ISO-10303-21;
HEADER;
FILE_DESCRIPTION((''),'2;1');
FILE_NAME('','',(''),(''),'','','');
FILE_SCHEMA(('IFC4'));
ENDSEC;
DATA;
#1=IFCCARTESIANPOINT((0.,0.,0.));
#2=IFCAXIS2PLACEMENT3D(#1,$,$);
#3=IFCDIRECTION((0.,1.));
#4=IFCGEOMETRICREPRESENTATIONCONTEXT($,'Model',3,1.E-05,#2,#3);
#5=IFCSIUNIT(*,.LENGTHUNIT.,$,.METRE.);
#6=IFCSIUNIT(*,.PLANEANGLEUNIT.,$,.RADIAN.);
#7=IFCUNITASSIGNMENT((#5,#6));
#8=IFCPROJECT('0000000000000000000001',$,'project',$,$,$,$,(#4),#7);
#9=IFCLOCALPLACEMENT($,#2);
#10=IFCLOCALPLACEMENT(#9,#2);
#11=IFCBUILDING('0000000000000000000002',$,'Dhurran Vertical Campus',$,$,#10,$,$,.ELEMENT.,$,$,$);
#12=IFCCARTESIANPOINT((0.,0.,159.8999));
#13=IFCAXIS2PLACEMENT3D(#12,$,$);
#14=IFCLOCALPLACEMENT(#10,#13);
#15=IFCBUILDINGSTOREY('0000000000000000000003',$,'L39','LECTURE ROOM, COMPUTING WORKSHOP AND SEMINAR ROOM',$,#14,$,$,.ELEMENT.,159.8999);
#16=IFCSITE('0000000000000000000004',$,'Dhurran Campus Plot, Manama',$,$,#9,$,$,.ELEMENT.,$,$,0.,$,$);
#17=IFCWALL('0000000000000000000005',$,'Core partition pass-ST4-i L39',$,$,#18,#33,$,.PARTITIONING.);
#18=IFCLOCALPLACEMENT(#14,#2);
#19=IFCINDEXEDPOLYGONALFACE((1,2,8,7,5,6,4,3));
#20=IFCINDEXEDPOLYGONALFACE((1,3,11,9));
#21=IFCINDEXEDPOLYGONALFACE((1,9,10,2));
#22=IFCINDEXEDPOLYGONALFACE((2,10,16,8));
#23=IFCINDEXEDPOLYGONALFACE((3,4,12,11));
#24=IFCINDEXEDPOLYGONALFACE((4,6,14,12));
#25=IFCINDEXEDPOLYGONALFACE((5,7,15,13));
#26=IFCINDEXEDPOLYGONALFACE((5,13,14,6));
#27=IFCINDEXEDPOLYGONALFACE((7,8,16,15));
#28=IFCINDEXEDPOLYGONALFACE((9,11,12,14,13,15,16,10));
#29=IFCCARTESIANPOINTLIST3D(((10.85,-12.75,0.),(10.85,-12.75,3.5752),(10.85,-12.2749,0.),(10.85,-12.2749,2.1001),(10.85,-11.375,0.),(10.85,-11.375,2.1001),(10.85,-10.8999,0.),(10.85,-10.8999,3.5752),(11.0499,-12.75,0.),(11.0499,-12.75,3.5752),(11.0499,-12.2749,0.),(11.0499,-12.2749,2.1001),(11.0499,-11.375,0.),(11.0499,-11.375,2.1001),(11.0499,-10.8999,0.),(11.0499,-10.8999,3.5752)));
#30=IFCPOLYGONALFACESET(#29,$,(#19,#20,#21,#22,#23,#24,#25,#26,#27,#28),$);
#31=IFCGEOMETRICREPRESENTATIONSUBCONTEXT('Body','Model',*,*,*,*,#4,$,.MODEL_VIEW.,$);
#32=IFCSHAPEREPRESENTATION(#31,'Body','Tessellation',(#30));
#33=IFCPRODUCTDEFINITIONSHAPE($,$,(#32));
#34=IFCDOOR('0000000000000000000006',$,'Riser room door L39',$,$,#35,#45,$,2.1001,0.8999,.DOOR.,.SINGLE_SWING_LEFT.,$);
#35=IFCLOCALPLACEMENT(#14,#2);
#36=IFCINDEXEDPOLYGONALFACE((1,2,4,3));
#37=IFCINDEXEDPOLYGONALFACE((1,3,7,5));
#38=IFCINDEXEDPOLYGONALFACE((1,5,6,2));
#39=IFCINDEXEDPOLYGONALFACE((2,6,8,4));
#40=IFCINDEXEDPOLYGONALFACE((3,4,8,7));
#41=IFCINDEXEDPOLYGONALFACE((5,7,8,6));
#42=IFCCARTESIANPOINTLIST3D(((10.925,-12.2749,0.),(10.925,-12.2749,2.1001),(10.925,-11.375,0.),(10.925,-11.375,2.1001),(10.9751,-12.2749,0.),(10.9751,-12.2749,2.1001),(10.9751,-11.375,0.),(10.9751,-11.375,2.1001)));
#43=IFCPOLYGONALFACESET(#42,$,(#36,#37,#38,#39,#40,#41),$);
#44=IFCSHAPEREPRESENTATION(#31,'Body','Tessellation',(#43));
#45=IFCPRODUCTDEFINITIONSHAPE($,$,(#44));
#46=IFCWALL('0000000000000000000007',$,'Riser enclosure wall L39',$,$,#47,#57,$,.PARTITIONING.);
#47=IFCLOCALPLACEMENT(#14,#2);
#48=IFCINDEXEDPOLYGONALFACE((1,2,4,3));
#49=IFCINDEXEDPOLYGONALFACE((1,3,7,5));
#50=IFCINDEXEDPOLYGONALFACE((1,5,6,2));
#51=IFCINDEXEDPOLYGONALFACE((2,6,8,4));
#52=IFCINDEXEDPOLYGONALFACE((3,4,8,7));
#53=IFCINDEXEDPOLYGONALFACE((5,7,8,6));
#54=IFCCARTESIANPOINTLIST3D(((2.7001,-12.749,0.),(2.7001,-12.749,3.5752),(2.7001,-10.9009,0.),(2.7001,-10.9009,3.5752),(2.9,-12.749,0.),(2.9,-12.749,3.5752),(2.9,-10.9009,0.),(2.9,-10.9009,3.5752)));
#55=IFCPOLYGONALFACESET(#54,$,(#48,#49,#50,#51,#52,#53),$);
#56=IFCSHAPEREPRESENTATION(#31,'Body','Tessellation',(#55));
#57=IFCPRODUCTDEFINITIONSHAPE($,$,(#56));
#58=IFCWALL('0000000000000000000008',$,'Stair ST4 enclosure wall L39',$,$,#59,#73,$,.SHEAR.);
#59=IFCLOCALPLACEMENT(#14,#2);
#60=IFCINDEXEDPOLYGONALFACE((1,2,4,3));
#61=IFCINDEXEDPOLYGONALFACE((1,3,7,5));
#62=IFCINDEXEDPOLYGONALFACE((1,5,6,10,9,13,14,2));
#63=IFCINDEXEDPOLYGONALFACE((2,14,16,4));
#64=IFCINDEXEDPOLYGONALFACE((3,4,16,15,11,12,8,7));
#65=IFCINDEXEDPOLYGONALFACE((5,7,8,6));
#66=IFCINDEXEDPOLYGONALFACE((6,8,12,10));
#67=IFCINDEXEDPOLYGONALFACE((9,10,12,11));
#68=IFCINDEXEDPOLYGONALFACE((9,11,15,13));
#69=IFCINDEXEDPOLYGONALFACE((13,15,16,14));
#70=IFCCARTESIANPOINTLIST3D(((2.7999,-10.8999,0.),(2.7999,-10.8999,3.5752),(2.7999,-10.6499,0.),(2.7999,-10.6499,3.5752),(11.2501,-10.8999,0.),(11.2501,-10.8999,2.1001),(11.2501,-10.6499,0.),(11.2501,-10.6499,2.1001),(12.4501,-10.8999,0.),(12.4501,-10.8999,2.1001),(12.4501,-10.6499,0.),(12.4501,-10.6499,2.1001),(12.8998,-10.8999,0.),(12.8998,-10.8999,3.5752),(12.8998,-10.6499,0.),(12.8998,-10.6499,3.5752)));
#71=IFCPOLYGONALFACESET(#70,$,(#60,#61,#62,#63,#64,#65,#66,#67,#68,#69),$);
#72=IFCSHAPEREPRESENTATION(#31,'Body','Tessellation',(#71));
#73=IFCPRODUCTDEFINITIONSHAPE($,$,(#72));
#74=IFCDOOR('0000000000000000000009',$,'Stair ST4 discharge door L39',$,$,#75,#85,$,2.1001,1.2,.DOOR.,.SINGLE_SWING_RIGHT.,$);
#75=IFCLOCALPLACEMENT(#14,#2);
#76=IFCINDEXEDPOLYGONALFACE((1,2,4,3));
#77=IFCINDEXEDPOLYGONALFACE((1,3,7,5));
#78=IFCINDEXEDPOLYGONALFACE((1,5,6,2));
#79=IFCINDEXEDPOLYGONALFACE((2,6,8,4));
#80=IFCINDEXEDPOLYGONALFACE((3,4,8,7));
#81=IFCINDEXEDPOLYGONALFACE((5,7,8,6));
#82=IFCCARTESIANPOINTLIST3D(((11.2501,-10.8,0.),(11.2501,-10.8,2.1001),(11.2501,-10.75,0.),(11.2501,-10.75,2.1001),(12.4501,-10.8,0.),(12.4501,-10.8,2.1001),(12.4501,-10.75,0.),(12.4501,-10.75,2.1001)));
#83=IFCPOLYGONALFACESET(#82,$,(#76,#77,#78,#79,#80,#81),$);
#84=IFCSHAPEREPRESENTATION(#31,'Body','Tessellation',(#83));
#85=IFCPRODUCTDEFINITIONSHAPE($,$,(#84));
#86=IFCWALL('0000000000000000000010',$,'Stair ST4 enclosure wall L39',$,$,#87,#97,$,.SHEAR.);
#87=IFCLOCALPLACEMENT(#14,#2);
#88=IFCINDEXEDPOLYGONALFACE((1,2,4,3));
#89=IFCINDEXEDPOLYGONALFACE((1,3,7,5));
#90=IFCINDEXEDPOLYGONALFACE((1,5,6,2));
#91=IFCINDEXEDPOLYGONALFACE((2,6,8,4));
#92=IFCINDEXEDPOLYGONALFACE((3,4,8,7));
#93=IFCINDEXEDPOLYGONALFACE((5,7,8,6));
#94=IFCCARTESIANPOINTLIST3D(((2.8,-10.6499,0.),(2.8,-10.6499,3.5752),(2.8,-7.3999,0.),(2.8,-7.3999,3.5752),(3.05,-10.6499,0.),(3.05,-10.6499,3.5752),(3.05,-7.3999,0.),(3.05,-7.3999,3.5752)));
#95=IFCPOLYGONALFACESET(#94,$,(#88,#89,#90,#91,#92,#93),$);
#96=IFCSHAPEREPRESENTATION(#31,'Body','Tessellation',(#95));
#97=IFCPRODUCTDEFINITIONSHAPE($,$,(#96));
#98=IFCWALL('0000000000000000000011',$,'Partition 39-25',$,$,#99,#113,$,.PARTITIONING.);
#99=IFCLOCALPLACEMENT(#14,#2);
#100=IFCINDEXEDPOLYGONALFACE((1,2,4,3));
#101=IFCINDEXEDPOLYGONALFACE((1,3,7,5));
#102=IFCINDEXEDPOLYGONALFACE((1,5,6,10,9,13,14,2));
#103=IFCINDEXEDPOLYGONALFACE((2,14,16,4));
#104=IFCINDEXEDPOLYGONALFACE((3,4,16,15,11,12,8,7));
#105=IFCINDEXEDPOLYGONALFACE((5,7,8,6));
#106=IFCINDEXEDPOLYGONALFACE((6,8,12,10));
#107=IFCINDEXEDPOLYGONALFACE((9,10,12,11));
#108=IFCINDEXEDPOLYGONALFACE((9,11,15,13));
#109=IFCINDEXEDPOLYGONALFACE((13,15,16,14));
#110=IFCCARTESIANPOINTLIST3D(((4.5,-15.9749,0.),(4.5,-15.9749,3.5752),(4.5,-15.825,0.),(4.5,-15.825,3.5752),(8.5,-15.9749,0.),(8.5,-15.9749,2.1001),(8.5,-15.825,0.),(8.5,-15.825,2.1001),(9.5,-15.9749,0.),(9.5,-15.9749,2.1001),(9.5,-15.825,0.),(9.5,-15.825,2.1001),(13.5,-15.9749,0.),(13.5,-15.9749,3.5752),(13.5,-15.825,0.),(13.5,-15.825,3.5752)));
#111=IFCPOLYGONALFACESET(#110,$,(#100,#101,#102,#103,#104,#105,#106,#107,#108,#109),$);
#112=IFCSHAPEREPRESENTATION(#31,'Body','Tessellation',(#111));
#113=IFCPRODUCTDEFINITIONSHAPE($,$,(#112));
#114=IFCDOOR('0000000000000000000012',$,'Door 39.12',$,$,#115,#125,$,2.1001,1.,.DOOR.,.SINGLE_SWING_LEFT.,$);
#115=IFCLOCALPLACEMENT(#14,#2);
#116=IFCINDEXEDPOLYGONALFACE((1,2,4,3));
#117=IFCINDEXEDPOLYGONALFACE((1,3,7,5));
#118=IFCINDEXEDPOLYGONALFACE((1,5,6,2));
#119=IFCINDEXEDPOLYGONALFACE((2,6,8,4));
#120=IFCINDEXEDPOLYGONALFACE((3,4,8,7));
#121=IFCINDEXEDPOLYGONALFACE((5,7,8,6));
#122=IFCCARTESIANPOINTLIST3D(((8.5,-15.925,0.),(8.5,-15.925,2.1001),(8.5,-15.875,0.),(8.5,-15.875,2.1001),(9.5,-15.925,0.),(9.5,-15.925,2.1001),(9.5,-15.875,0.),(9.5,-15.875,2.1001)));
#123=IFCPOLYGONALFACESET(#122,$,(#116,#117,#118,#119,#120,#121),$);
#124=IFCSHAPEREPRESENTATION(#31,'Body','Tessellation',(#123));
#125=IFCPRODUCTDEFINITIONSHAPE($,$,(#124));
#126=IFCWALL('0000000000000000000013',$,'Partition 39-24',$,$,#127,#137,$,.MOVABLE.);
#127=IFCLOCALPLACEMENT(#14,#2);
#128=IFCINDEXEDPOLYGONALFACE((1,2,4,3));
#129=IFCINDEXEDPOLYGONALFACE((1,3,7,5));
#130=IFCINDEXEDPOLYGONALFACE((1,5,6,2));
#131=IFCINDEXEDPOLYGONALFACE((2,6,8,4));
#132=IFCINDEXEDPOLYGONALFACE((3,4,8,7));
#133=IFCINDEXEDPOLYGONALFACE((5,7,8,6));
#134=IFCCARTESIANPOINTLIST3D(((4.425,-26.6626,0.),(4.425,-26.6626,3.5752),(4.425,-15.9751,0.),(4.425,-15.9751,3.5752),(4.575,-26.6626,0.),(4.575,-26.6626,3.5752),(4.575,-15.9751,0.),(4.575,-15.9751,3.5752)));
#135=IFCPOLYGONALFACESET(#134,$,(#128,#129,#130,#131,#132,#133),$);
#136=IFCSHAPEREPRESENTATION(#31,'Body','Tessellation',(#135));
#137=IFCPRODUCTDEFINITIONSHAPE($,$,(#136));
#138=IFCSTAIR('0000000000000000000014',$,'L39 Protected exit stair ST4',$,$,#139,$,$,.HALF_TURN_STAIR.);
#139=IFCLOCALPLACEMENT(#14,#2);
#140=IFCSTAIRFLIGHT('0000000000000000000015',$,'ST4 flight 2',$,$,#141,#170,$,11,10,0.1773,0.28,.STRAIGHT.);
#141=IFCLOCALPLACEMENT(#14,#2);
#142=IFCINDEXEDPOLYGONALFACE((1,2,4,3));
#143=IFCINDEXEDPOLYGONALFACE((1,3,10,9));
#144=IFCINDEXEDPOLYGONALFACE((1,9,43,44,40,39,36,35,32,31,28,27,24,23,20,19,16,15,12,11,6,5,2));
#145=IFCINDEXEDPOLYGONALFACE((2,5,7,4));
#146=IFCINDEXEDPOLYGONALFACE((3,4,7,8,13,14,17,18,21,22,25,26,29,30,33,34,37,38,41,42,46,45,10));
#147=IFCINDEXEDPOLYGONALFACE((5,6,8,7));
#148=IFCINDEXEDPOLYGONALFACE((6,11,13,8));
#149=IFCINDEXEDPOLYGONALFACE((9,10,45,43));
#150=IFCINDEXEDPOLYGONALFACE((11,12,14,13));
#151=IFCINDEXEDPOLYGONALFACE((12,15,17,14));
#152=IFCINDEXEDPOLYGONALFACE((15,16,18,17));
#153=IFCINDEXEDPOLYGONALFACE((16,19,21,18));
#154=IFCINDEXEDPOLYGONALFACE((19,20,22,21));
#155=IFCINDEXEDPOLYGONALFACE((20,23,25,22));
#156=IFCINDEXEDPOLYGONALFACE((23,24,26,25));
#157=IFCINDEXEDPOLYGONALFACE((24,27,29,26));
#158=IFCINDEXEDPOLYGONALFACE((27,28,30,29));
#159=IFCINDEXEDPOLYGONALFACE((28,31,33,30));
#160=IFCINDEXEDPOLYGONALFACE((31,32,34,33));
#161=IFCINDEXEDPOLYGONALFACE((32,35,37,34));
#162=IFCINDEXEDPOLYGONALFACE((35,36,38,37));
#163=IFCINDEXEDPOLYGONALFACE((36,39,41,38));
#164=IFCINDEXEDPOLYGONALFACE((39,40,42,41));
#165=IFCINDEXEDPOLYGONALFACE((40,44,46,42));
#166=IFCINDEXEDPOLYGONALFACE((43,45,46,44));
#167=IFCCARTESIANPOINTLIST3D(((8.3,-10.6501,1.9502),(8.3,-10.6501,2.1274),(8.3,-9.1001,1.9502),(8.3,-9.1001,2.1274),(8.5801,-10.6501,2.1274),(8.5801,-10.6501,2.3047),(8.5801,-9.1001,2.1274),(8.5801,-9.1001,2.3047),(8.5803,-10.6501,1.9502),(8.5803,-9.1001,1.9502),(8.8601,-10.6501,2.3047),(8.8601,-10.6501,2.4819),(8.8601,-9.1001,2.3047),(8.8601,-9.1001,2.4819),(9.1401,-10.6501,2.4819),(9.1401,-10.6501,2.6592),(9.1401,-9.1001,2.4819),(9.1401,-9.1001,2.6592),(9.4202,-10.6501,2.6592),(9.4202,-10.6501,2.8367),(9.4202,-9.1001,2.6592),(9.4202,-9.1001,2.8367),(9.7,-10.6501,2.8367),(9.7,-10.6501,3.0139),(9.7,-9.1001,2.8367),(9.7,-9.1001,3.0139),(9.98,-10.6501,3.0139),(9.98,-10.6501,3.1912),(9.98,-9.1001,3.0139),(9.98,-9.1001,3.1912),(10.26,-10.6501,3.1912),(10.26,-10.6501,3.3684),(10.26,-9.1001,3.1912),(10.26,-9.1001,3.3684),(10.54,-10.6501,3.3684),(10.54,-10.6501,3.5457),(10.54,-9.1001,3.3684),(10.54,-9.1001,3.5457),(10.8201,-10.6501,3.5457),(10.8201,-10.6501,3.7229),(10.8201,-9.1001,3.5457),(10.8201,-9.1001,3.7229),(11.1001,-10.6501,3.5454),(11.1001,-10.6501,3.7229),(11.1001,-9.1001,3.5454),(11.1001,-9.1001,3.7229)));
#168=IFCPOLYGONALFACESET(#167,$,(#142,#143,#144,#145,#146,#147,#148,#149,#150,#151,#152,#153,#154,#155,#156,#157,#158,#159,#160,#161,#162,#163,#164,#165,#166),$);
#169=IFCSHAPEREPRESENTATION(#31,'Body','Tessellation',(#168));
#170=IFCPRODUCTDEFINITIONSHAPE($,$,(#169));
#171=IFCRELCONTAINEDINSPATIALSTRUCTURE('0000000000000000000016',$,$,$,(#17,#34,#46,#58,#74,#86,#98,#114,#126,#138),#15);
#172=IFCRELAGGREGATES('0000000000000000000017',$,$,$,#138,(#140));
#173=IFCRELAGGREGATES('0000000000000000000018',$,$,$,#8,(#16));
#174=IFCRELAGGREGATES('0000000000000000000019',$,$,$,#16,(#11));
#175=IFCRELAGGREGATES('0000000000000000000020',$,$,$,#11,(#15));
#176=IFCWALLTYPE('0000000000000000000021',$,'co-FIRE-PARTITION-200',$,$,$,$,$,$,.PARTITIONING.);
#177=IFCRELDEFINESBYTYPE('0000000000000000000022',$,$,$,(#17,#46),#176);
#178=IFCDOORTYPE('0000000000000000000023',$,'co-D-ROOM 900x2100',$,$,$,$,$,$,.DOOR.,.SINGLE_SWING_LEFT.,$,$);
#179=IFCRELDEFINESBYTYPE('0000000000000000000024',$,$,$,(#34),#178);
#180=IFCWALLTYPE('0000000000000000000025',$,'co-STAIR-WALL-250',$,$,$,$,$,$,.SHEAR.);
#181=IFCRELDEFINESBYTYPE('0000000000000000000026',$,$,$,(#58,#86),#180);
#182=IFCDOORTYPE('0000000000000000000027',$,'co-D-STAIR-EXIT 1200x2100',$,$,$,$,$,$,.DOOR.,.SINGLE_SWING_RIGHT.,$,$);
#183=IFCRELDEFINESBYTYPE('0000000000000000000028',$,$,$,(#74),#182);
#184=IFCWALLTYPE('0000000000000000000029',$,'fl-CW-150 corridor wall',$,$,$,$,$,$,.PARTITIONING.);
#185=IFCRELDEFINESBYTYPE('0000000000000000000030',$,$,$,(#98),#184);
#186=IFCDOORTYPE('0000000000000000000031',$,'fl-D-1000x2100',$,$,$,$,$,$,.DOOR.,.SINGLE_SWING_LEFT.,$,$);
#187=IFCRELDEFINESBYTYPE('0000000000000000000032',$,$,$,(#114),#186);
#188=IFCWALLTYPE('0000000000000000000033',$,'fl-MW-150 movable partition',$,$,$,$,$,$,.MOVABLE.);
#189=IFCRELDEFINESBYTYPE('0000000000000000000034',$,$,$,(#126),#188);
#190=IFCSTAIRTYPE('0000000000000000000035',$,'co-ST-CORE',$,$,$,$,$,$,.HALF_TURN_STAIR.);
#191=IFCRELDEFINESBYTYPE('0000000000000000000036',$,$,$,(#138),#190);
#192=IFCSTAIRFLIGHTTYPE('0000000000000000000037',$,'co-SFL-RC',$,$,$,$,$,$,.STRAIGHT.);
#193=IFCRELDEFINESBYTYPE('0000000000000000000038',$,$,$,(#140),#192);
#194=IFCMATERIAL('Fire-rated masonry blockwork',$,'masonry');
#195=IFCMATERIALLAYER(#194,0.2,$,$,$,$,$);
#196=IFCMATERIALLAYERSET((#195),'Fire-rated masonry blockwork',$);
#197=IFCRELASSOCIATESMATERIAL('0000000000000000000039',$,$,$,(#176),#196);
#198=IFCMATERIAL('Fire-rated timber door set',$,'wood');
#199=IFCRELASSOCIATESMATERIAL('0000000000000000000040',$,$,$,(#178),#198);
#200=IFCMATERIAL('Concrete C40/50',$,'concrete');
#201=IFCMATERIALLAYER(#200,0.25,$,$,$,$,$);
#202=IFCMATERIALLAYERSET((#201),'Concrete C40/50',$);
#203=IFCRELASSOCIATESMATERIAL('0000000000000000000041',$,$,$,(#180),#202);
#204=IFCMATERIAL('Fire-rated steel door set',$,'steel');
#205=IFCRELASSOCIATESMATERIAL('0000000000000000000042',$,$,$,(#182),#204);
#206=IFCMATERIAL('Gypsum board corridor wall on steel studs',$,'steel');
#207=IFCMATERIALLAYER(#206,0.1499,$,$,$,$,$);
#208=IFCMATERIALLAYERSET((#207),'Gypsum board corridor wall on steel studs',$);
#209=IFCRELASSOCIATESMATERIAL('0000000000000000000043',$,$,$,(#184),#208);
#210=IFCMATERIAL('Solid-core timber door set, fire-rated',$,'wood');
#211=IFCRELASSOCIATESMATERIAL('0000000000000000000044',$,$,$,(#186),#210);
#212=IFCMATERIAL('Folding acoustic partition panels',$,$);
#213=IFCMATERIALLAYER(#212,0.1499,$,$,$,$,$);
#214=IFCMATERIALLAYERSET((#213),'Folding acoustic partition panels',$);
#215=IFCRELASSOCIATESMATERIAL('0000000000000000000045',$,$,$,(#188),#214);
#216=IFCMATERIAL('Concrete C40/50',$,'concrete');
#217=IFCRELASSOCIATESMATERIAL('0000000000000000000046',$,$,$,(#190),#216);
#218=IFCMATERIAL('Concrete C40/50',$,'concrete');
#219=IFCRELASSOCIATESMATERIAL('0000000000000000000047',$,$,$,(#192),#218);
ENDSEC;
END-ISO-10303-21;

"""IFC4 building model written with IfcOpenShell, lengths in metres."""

from ifc_helpers import new_model, si_unit, direction, frame, frame_2d, origin, place, context, subcontext, project, spatial, polyline, rectangle, outline, extrude, material, layer, layer_set, type_object, element, fill, aggregate, save


model = new_model("IFC4")

# Units and contexts
model_context = context("Model", 3, precision=1e-05, world=origin(), true_north=direction((0.0, 1.0)))
body_context = subcontext(model_context, "Body", "Model", "MODEL_VIEW")
ifc_project = project(units=[si_unit("LENGTHUNIT", "METRE"), si_unit("PLANEANGLEUNIT", "RADIAN")], contexts=[model_context])

# Site, building, storey
site_placement = place(None, origin())
site = spatial("IfcSite", under=ifc_project, at=site_placement, Name="Dhurran Campus Plot, Manama", CompositionType="ELEMENT", RefElevation=0.0)
building_placement = place(site_placement, origin())
building = spatial("IfcBuilding", under=site, at=building_placement, Name="Dhurran Vertical Campus", CompositionType="ELEMENT")
storey_placement = place(building_placement, frame((0.0, 0.0, 159.8999)))
storey = spatial("IfcBuildingStorey", under=building, at=storey_placement, Name="L39", Description="LECTURE ROOM, COMPUTING WORKSHOP AND SEMINAR ROOM", CompositionType="ELEMENT", Elevation=159.8999)

# Wall, opening, door
ifc_material_1 = material(Name="Fire-rated masonry blockwork", Category="masonry")
ifc_layer_1 = layer(ifc_material_1, 0.2)
ifc_layer_set_1 = layer_set([ifc_layer_1], Name="Fire-rated masonry blockwork")
wall_type_1 = type_object("IfcWallType", Name="co-FIRE-PARTITION-200", PredefinedType="PARTITIONING", material=ifc_layer_set_1)
ifc_material_2 = material(Name="Fire-rated timber door set", Category="wood")
door_type_1 = type_object("IfcDoorType", Name="co-D-ROOM 900x2100", OperationType="SINGLE_SWING_LEFT", PredefinedType="DOOR", material=ifc_material_2)
wall_1_placement = place(storey_placement, frame((10.95, -12.75, 0.0), z_axis=(0.0, 0.0, 1.0), x_axis=(0.0, 1.0, 0.0)))
wall_1 = element("IfcWall", 1, at=wall_1_placement, inside=storey, type_object=wall_type_1, Name="Core partition pass-ST4-i L39", PredefinedType="PARTITIONING", context=body_context, shape_type="SweptSolid", body=[
    extrude(rectangle(XDim=1.8501, YDim=0.2, at=frame_2d((0.925, 0.0))), origin(), (0.0, 0.0, 1.0), 3.5752),
])
opening_1_placement = place(wall_1_placement, frame((0.4751, 0.0, 0.0)))
opening_1 = element("IfcOpeningElement", 2, at=opening_1_placement, cuts=wall_1, PredefinedType="OPENING", context=body_context, shape_type="SweptSolid", body=[
    extrude(rectangle(XDim=0.8999, YDim=2.1001, at=frame_2d((0.45, 1.05))), frame((0.0, 0.1099, 0.0), z_axis=(0.0, -1.0, 0.0), x_axis=(1.0, 0.0, 0.0)), (0.0, 0.0, 1.0), 0.22),
])
door_1_placement = place(opening_1_placement, origin())
door_1 = element("IfcDoor", 3, at=door_1_placement, inside=storey, type_object=door_type_1, Name="Riser room door L39", OperationType="SINGLE_SWING_LEFT", OverallHeight=2.1001, OverallWidth=0.8999, PredefinedType="DOOR", context=body_context, shape_type="SweptSolid", body=[
    extrude(rectangle(XDim=0.8999, YDim=2.1001, at=frame_2d((0.45, 1.05))), frame((0.0, 0.0249, 0.0), z_axis=(0.0, -1.0, 0.0), x_axis=(1.0, 0.0, 0.0)), (0.0, 0.0, 1.0), 0.05),
])
fill(opening_1, door_1)

# Wall
wall_2_placement = place(storey_placement, frame((2.8, -10.9009, 0.0), z_axis=(0.0, 0.0, 1.0), x_axis=(0.0, -1.0, 0.0)))
element("IfcWall", 4, at=wall_2_placement, inside=storey, type_object=wall_type_1, Name="Riser enclosure wall L39", PredefinedType="PARTITIONING", context=body_context, shape_type="SweptSolid", body=[
    extrude(rectangle(XDim=1.8481, YDim=0.2, at=frame_2d((0.9241, 0.0))), origin(), (0.0, 0.0, 1.0), 3.5752),
])

# Wall, opening, door
ifc_material_3 = material(Name="Concrete C40/50", Category="concrete")
ifc_layer_2 = layer(ifc_material_3, 0.25)
ifc_layer_set_2 = layer_set([ifc_layer_2], Name="Concrete C40/50")
wall_type_2 = type_object("IfcWallType", Name="co-STAIR-WALL-250", PredefinedType="SHEAR", material=ifc_layer_set_2)
wall_3_placement = place(storey_placement, frame((2.8, -10.7749, 0.0), z_axis=(0.0, 0.0, 1.0), x_axis=(1.0, 0.0, 0.0)))
wall_3 = element("IfcWall", 5, at=wall_3_placement, inside=storey, type_object=wall_type_2, Name="Stair ST4 enclosure wall L39", PredefinedType="SHEAR", context=body_context, shape_type="SweptSolid", body=[
    extrude(rectangle(XDim=10.0999, YDim=0.25, at=frame_2d((5.0498, 0.0))), origin(), (0.0, 0.0, 1.0), 3.5752),
])
opening_2_placement = place(wall_3_placement, frame((8.45, 0.0, 0.0)))
opening_2 = element("IfcOpeningElement", 6, at=opening_2_placement, cuts=wall_3, PredefinedType="OPENING", context=body_context, shape_type="SweptSolid", body=[
    extrude(rectangle(XDim=1.2, YDim=2.1001, at=frame_2d((0.6001, 1.05))), frame((0.0, 0.135, 0.0), z_axis=(0.0, -1.0, 0.0), x_axis=(1.0, 0.0, 0.0)), (0.0, 0.0, 1.0), 0.27),
])
ifc_material_4 = material(Name="Fire-rated steel door set", Category="steel")
door_type_2 = type_object("IfcDoorType", Name="co-D-STAIR-EXIT 1200x2100", OperationType="SINGLE_SWING_RIGHT", PredefinedType="DOOR", material=ifc_material_4)
door_2_placement = place(opening_2_placement, origin())
door_2 = element("IfcDoor", 7, at=door_2_placement, inside=storey, type_object=door_type_2, Name="Stair ST4 discharge door L39", OperationType="SINGLE_SWING_RIGHT", OverallHeight=2.1001, OverallWidth=1.2, PredefinedType="DOOR", context=body_context, shape_type="SweptSolid", body=[
    extrude(rectangle(XDim=1.2, YDim=2.1001, at=frame_2d((0.6001, 1.05))), frame((0.0, 0.0249, 0.0), z_axis=(0.0, -1.0, 0.0), x_axis=(1.0, 0.0, 0.0)), (0.0, 0.0, 1.0), 0.05),
])
fill(opening_2, door_2)

# Wall
wall_4_placement = place(storey_placement, frame((2.925, -10.6499, 0.0), z_axis=(0.0, 0.0, 1.0), x_axis=(0.0, 1.0, 0.0)))
element("IfcWall", 8, at=wall_4_placement, inside=storey, type_object=wall_type_2, Name="Stair ST4 enclosure wall L39", PredefinedType="SHEAR", context=body_context, shape_type="SweptSolid", body=[
    extrude(rectangle(XDim=3.25, YDim=0.25, at=frame_2d((1.625, 0.0))), origin(), (0.0, 0.0, 1.0), 3.5752),
])

# Wall, opening, door
ifc_material_5 = material(Name="Gypsum board corridor wall on steel studs", Category="steel")
ifc_layer_3 = layer(ifc_material_5, 0.1499)
ifc_layer_set_3 = layer_set([ifc_layer_3], Name="Gypsum board corridor wall on steel studs")
wall_type_3 = type_object("IfcWallType", Name="fl-CW-150 corridor wall", PredefinedType="PARTITIONING", material=ifc_layer_set_3)
wall_5_placement = place(storey_placement, frame((4.5, -15.8999, 0.0), z_axis=(0.0, 0.0, 1.0), x_axis=(1.0, 0.0, 0.0)))
wall_5 = element("IfcWall", 9, at=wall_5_placement, inside=storey, type_object=wall_type_3, Name="Partition 39-25", PredefinedType="PARTITIONING", context=body_context, shape_type="SweptSolid", body=[
    extrude(rectangle(XDim=9.0, YDim=0.1499, at=frame_2d((4.5, 0.0))), origin(), (0.0, 0.0, 1.0), 3.5752),
])
opening_3_placement = place(wall_5_placement, frame((4.0, 0.0, 0.0)))
opening_3 = element("IfcOpeningElement", 10, at=opening_3_placement, cuts=wall_5, PredefinedType="OPENING", context=body_context, shape_type="SweptSolid", body=[
    extrude(rectangle(XDim=1.0, YDim=2.1001, at=frame_2d((0.5, 1.05))), frame((0.0, 0.085, 0.0), z_axis=(0.0, -1.0, 0.0), x_axis=(1.0, 0.0, 0.0)), (0.0, 0.0, 1.0), 0.1699),
])
ifc_material_6 = material(Name="Solid-core timber door set, fire-rated", Category="wood")
door_type_3 = type_object("IfcDoorType", Name="fl-D-1000x2100", OperationType="SINGLE_SWING_LEFT", PredefinedType="DOOR", material=ifc_material_6)
door_3_placement = place(opening_3_placement, origin())
door_3 = element("IfcDoor", 11, at=door_3_placement, inside=storey, type_object=door_type_3, Name="Door 39.12", OperationType="SINGLE_SWING_LEFT", OverallHeight=2.1001, OverallWidth=1.0, PredefinedType="DOOR", context=body_context, shape_type="SweptSolid", body=[
    extrude(rectangle(XDim=1.0, YDim=2.1001, at=frame_2d((0.5, 1.05))), frame((0.0, 0.0249, 0.0), z_axis=(0.0, -1.0, 0.0), x_axis=(1.0, 0.0, 0.0)), (0.0, 0.0, 1.0), 0.05),
])
fill(opening_3, door_3)

# Wall
ifc_material_7 = material(Name="Folding acoustic partition panels")
ifc_layer_4 = layer(ifc_material_7, 0.1499)
ifc_layer_set_4 = layer_set([ifc_layer_4], Name="Folding acoustic partition panels")
wall_type_4 = type_object("IfcWallType", Name="fl-MW-150 movable partition", PredefinedType="MOVABLE", material=ifc_layer_set_4)
wall_6_placement = place(storey_placement, frame((4.5, -15.9751, 0.0), z_axis=(0.0, 0.0, 1.0), x_axis=(0.0, -1.0, 0.0)))
element("IfcWall", 12, at=wall_6_placement, inside=storey, type_object=wall_type_4, Name="Partition 39-24", PredefinedType="MOVABLE", context=body_context, shape_type="SweptSolid", body=[
    extrude(rectangle(XDim=10.6875, YDim=0.1499, at=frame_2d((5.3438, 0.0))), origin(), (0.0, 0.0, 1.0), 3.5752),
])

# Stair, stair flight
ifc_material_8 = material(Name="Concrete C40/50", Category="concrete")
stair_type = type_object("IfcStairType", Name="co-ST-CORE", PredefinedType="HALF_TURN_STAIR", material=ifc_material_8)
stair_placement = place(storey_placement, origin())
stair = element("IfcStair", 13, at=stair_placement, inside=storey, type_object=stair_type, Name="L39 Protected exit stair ST4", PredefinedType="HALF_TURN_STAIR")
ifc_material_9 = material(Name="Concrete C40/50", Category="concrete")
stair_flight_type = type_object("IfcStairFlightType", Name="co-SFL-RC", PredefinedType="STRAIGHT", material=ifc_material_9)
stair_flight_placement = place(storey_placement, frame((8.3, -9.875, 1.9502), z_axis=(0.0, 0.0, 1.0), x_axis=(1.0, 0.0, 0.0)))
stair_flight = element("IfcStairFlight", 14, at=stair_flight_placement, type_object=stair_flight_type, Name="ST4 flight 2", NumberOfRisers=11, NumberOfTreads=10, PredefinedType="STRAIGHT", RiserHeight=0.1773, TreadLength=0.28, context=body_context, shape_type="SweptSolid", body=[
    extrude(outline(polyline([(0.0, 0.0), (0.0, 0.1772), (0.28, 0.1772), (0.28, 0.3545), (0.5601, 0.3545), (0.5601, 0.5317), (0.8401, 0.5317), (0.8401, 0.709), (1.1201, 0.709), (1.1201, 0.8865), (1.3999, 0.8865), (1.3999, 1.0637), (1.6799, 1.0637), (1.6799, 1.241), (1.96, 1.241), (1.96, 1.4182), (2.24, 1.4182), (2.24, 1.5955), (2.52, 1.5955), (2.52, 1.7727), (2.8, 1.7727), (2.8, 1.95), (2.8, 1.5952), (0.2803, 0.0), (0.0, 0.0)])), frame((0.0, 0.7749, 0.0), z_axis=(0.0, -1.0, 0.0), x_axis=(1.0, 0.0, 0.0)), (0.0, 0.0, 1.0), 1.55),
])
aggregate(stair, [stair_flight])

save(model, "model.ifc")
